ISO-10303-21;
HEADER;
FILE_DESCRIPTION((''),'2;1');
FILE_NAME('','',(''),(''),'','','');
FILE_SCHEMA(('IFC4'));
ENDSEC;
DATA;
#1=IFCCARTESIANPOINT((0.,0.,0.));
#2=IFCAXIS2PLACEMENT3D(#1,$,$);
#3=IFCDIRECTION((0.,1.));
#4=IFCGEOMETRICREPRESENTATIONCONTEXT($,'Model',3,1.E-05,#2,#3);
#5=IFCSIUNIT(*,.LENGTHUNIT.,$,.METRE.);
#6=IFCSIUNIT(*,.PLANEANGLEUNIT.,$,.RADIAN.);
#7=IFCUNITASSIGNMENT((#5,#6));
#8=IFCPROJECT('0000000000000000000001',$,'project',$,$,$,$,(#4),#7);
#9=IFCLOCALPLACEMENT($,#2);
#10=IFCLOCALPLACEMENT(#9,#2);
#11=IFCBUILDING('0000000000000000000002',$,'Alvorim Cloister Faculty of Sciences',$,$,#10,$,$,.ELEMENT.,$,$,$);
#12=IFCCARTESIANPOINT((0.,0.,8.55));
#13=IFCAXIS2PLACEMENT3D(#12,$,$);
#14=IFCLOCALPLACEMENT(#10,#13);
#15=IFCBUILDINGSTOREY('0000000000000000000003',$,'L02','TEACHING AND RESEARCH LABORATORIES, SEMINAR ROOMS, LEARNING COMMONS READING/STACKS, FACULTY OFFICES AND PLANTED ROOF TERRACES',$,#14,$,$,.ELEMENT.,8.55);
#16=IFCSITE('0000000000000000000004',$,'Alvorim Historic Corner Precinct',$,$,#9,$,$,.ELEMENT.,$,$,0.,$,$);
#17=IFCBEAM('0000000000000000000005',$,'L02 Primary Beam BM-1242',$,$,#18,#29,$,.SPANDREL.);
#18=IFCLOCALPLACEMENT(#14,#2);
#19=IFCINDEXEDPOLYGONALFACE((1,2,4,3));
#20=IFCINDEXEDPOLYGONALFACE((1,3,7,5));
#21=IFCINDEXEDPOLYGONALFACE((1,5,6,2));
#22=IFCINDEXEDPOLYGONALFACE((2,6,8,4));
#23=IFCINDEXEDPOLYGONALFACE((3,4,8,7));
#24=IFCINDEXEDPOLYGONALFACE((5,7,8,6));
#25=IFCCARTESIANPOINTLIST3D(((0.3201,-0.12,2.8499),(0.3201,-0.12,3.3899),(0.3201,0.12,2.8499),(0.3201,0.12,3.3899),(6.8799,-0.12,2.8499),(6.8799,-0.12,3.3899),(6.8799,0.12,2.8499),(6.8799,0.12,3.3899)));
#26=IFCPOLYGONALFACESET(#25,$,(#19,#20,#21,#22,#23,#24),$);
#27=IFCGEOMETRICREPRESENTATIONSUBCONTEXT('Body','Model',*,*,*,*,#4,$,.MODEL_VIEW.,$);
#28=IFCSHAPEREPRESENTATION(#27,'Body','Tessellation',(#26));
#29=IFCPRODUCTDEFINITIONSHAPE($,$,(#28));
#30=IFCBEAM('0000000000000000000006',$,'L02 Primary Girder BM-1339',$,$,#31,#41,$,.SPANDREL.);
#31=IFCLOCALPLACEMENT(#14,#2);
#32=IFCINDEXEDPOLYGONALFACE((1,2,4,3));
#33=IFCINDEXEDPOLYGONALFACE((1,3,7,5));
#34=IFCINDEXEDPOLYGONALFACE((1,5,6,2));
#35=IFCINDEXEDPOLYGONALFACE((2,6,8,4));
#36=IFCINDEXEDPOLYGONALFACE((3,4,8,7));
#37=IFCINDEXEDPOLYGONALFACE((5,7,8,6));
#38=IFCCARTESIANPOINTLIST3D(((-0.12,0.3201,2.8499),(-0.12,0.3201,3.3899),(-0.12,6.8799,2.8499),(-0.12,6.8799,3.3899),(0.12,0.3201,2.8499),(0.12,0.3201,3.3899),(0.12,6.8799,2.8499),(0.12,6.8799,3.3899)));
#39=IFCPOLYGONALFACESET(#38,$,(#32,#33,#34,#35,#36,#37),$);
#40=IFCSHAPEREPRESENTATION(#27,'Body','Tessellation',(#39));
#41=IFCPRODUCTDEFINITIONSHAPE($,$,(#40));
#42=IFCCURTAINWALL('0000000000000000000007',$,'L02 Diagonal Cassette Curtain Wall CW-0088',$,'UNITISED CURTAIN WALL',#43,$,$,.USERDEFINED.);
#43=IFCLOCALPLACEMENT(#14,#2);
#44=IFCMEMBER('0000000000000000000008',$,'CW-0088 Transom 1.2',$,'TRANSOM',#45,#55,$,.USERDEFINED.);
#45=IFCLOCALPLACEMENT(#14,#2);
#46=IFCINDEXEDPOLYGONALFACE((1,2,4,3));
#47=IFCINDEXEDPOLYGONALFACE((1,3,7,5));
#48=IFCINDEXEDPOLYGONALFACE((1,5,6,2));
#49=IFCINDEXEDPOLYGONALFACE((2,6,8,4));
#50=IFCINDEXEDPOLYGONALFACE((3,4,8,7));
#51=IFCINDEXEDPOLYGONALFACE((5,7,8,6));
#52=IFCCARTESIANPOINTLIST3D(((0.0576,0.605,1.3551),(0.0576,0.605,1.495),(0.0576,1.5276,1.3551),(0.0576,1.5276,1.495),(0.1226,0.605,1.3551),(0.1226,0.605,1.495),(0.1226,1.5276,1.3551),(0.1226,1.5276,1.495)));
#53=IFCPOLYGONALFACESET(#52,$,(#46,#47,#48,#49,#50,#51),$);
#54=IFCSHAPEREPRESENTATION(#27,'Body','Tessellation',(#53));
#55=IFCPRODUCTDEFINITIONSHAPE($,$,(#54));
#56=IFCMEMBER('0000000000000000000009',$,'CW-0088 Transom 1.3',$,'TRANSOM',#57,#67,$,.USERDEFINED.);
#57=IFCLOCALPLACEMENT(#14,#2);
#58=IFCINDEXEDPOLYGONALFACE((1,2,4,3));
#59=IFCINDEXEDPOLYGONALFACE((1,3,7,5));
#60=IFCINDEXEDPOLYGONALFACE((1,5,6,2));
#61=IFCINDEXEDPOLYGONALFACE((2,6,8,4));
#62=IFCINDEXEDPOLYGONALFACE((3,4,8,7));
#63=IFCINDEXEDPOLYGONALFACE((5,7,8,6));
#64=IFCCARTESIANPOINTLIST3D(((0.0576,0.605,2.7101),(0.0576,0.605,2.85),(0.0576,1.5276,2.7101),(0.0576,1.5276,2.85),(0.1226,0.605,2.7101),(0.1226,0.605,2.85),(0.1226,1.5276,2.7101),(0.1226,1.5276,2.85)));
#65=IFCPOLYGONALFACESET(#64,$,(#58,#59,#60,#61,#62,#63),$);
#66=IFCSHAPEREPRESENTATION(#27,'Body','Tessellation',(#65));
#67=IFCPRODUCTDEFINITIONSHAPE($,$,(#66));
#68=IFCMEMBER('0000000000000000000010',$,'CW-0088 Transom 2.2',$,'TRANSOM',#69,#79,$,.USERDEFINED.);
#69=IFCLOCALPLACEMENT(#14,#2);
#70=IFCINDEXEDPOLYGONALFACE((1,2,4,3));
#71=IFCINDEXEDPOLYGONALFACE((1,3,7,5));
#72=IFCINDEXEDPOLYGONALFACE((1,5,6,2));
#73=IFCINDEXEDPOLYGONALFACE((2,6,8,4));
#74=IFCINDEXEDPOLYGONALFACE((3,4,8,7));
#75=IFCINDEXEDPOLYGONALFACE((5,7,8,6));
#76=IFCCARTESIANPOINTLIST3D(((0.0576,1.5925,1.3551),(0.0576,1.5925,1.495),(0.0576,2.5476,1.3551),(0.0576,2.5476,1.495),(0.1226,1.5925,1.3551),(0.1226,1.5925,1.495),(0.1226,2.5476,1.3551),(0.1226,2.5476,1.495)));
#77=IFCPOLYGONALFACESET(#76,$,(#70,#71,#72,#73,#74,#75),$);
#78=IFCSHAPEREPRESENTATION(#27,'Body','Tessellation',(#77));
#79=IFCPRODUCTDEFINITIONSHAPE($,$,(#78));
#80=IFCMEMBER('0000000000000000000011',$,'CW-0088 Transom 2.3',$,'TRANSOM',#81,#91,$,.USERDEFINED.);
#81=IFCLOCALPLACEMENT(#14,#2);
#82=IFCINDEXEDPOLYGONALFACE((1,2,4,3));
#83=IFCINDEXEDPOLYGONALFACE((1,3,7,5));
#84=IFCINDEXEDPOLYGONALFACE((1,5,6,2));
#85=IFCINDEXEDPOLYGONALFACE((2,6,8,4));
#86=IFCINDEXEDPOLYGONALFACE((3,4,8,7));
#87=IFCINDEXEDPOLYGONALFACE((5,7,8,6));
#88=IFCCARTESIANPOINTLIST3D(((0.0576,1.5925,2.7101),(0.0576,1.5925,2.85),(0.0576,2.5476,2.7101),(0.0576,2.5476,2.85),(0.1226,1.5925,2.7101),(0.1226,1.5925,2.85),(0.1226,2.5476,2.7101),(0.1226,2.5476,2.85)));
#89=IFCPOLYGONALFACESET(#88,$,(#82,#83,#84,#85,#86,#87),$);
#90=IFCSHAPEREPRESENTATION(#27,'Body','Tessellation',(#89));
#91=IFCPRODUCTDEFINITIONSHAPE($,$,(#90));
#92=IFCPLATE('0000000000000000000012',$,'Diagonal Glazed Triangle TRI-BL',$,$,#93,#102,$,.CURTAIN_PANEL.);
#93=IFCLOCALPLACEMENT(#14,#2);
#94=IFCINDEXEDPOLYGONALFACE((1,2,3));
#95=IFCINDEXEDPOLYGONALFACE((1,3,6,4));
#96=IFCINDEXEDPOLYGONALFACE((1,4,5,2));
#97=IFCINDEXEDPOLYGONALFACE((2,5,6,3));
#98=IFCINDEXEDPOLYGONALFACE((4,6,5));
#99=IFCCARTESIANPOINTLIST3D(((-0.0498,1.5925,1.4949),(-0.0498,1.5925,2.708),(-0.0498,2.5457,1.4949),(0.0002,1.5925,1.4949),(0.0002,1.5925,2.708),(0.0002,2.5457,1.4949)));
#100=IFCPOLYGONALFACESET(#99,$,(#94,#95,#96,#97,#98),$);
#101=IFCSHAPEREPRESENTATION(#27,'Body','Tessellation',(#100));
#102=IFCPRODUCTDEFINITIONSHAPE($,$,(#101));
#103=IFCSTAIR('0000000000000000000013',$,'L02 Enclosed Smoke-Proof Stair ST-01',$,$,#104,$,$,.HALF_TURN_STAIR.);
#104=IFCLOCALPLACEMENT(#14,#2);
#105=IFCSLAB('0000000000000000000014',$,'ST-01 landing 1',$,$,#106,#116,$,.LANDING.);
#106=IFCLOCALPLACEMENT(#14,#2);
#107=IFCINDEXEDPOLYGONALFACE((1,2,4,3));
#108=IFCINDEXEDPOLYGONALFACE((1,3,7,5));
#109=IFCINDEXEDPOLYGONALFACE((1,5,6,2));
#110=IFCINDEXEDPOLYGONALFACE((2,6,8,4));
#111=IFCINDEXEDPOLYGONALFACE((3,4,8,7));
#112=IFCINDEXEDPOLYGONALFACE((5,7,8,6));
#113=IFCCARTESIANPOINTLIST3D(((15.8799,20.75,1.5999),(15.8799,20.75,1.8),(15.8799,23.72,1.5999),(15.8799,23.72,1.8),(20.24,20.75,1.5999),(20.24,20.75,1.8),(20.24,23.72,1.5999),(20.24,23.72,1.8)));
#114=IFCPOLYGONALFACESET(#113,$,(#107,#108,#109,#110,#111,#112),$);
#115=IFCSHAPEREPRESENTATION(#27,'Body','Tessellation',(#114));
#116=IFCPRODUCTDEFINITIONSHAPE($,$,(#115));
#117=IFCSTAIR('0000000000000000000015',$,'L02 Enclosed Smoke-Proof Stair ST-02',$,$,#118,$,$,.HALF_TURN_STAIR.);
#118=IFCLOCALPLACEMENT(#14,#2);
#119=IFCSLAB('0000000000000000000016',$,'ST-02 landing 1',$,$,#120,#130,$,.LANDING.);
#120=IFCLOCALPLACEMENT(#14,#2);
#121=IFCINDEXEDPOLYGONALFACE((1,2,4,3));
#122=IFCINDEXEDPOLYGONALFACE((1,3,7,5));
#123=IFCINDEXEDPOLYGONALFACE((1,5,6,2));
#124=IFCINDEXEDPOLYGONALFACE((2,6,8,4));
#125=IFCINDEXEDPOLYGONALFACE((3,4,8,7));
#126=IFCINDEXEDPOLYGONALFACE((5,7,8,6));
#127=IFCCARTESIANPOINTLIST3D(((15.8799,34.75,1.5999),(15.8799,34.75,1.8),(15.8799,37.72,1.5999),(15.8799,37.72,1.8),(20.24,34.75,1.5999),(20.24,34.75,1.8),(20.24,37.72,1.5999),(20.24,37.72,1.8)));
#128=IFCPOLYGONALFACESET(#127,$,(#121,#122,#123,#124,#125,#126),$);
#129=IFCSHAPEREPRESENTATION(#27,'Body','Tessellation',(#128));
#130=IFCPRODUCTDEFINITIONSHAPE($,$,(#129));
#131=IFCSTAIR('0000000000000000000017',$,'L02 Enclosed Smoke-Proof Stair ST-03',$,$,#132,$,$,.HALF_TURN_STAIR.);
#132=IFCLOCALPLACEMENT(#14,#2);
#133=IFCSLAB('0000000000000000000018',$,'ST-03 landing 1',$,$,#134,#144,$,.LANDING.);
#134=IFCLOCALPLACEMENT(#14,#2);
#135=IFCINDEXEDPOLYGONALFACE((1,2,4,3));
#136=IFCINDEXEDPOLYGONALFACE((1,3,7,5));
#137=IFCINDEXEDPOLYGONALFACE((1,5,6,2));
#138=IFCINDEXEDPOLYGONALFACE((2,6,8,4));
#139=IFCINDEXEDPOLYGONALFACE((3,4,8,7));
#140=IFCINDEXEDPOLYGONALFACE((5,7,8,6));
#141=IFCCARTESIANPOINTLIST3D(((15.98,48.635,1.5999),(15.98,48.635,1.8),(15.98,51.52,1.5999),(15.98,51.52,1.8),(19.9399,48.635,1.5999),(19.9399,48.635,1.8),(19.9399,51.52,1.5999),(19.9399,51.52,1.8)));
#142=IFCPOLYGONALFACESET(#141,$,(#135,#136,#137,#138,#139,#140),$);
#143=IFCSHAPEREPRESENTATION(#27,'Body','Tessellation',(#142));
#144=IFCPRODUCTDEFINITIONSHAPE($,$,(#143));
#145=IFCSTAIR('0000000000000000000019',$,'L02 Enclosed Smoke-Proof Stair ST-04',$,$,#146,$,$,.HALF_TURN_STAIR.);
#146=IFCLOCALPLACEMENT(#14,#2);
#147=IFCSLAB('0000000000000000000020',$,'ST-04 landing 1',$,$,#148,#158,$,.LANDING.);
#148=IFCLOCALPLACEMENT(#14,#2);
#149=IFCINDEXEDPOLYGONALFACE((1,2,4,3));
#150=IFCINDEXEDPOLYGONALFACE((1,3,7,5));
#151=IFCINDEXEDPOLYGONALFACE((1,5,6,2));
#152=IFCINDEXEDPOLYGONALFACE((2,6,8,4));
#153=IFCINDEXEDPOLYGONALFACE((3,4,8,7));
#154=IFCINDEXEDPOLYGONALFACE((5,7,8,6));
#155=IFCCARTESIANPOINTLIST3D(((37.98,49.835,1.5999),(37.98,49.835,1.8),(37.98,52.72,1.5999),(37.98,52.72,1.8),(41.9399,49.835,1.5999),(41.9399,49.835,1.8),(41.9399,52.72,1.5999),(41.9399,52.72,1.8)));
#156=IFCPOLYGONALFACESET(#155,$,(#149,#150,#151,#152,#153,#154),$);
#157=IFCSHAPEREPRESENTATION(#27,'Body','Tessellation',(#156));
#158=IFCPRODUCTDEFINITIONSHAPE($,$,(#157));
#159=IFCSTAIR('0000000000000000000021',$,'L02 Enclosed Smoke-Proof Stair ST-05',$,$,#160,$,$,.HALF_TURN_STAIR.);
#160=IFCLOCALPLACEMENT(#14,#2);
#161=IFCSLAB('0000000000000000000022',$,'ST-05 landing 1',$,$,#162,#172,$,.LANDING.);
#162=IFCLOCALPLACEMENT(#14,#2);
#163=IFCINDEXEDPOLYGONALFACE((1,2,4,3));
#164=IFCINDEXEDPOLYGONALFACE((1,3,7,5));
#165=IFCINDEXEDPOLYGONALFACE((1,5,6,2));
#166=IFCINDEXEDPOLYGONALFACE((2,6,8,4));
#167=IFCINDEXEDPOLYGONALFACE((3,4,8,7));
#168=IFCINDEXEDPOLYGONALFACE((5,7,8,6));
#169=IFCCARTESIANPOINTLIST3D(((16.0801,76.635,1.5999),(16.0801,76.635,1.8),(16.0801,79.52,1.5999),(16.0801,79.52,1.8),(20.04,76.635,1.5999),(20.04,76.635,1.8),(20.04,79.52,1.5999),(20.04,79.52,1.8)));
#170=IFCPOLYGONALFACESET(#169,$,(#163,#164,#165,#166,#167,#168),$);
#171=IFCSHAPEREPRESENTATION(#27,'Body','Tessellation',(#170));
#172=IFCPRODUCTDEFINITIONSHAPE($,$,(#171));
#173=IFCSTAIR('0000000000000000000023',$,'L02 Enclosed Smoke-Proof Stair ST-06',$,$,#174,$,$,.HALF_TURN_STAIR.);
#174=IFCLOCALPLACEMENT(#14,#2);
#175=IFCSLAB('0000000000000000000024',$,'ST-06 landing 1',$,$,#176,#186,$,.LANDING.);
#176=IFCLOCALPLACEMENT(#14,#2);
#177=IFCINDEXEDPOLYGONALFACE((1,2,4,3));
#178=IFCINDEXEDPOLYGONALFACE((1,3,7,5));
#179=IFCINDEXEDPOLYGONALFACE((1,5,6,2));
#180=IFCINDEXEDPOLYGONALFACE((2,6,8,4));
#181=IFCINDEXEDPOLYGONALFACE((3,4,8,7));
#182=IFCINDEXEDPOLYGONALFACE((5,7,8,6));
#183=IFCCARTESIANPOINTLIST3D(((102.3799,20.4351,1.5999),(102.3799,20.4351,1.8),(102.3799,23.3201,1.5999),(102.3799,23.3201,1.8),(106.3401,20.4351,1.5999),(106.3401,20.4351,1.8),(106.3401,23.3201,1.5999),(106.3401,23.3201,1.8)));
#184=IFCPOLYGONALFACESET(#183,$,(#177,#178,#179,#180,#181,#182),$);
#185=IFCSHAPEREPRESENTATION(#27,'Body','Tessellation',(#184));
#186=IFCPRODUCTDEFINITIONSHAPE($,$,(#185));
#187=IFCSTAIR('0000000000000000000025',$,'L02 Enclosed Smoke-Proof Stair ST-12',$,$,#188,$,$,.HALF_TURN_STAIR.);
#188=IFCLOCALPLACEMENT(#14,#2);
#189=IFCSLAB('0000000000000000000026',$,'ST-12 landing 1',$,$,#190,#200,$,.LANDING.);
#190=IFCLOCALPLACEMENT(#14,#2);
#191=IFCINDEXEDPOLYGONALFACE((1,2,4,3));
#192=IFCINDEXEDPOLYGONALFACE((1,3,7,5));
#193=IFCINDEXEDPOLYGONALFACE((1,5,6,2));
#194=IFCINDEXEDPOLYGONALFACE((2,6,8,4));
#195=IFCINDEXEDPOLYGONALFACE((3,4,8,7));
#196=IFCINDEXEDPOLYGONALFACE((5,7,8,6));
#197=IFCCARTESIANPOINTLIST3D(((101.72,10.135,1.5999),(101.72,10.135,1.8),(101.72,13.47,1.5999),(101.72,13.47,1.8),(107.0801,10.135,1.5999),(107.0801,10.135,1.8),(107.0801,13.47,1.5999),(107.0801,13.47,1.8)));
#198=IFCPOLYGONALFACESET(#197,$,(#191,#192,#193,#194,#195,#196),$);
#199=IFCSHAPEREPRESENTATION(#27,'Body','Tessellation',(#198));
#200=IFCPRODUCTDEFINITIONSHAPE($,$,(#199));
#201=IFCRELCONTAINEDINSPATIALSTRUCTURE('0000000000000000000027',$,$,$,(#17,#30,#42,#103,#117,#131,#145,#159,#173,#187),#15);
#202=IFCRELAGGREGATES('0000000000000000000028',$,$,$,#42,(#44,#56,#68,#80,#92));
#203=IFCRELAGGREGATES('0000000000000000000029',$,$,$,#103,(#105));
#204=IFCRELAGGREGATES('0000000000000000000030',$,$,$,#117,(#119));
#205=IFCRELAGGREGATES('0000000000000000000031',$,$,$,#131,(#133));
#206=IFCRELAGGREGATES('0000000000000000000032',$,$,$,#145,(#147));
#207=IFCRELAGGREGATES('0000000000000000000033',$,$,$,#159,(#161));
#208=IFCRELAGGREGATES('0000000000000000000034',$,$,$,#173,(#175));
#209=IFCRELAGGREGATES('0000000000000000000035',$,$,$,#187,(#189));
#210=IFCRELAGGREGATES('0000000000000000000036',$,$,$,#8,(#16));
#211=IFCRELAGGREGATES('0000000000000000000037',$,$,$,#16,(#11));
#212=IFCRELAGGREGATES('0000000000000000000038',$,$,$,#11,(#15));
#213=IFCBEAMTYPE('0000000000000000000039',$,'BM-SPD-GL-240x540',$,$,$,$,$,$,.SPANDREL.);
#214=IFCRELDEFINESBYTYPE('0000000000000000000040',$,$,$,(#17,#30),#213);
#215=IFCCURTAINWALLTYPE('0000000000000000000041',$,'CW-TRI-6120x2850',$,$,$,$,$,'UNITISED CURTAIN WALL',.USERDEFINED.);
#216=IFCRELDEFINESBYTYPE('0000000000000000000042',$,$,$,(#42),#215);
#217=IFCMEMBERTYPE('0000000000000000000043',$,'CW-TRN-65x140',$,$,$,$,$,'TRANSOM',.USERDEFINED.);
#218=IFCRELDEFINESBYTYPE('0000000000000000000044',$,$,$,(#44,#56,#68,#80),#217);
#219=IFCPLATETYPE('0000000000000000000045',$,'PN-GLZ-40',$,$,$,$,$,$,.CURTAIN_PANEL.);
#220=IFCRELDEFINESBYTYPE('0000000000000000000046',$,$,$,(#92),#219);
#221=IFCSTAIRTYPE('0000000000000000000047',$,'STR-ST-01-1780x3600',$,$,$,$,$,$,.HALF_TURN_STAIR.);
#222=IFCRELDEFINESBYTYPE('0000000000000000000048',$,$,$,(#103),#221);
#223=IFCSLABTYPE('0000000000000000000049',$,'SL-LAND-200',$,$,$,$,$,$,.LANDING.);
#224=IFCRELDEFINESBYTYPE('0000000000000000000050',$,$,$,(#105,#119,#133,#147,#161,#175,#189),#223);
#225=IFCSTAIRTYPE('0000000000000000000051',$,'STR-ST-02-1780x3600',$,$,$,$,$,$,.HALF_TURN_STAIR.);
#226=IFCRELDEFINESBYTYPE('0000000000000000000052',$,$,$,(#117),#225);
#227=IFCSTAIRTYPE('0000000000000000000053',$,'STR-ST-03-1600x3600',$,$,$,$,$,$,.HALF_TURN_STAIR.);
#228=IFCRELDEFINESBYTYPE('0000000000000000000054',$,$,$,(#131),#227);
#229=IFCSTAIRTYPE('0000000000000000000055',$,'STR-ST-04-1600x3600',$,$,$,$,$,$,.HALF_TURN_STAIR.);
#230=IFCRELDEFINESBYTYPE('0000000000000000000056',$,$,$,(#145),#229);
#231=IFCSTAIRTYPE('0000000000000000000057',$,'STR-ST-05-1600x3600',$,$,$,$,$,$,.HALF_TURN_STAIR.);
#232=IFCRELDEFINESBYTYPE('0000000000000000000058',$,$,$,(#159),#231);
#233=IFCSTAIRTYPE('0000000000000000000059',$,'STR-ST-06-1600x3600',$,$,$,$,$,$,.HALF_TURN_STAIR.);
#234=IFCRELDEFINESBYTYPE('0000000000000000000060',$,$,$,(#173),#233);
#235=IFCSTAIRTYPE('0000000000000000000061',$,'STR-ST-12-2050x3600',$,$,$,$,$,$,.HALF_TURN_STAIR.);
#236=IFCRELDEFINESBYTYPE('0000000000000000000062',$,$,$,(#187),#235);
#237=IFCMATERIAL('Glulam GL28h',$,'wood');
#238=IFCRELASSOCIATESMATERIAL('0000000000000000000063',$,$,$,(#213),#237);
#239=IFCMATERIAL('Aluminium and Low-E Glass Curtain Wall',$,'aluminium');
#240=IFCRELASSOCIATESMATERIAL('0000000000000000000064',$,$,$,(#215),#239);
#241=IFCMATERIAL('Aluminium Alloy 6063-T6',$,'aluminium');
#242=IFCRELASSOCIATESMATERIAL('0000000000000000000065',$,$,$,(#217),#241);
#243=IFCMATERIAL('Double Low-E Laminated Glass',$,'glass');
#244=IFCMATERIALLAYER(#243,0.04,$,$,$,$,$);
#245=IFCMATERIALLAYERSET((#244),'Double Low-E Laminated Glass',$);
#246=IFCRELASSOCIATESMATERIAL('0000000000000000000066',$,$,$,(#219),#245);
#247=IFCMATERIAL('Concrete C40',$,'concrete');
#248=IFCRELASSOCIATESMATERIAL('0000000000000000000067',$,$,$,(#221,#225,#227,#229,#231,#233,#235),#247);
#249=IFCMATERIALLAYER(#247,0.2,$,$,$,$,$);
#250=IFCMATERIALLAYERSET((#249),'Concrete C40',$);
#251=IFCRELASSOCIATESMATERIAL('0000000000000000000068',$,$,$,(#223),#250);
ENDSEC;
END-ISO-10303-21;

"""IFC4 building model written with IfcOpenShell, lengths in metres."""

from ifc_helpers import new_model, si_unit, direction, frame, origin, origin_2d, place, context, subcontext, project, spatial, polyline, rectangle, outline, extrude, material, layer, layer_set, material_profile, profile_set, type_object, element, aggregate, save


model = new_model("IFC4")

# Units and contexts
model_context = context("Model", 3, precision=1e-05, world=origin(), true_north=direction((0.0, 1.0)))
body_context = subcontext(model_context, "Body", "Model", "MODEL_VIEW")
ifc_project = project(units=[si_unit("LENGTHUNIT", "METRE"), si_unit("PLANEANGLEUNIT", "RADIAN")], contexts=[model_context])

# Site, building, storey
site_placement = place(None, origin())
site = spatial("IfcSite", under=ifc_project, at=site_placement, Name="Alvorim Historic Corner Precinct", CompositionType="ELEMENT", RefElevation=0.0)
building_placement = place(site_placement, origin())
building = spatial("IfcBuilding", under=site, at=building_placement, Name="Alvorim Cloister Faculty of Sciences", CompositionType="ELEMENT")
storey_placement = place(building_placement, frame((0.0, 0.0, 8.55)))
storey = spatial("IfcBuildingStorey", under=building, at=storey_placement, Name="L02", Description="TEACHING AND RESEARCH LABORATORIES, SEMINAR ROOMS, LEARNING COMMONS READING/STACKS, FACULTY OFFICES AND PLANTED ROOF TERRACES", CompositionType="ELEMENT", Elevation=8.55)

# Beams
ifc_material_1 = material(Name="Glulam GL28h", Category="wood")
ifc_material_profile_1 = material_profile(ifc_material_1, rectangle(XDim=0.24, YDim=0.54, at=origin_2d()), Name="GL28-SPD-240x540")
ifc_profile_set_1 = profile_set([ifc_material_profile_1], Name="Glulam GL28h")
beam_type = type_object("IfcBeamType", Name="BM-SPD-GL-240x540", PredefinedType="SPANDREL", material=ifc_profile_set_1)
for number, where, z_axis, x_axis, name in (
    (1, (0.3201, 0.0, 3.1199), (1.0, 0.0, 0.0), (0.0, 1.0, 0.0), "L02 Primary Beam BM-1242"),
    (2, (0.0, 0.3201, 3.1199), (0.0, 1.0, 0.0), (-1.0, 0.0, 0.0), "L02 Primary Girder BM-1339"),
):
    element("IfcBeam", number, at=place(storey_placement, frame(where, z_axis=z_axis, x_axis=x_axis)), inside=storey, type_object=beam_type, Name=name, PredefinedType="SPANDREL", context=body_context, shape_type="SweptSolid", body=[
        extrude(rectangle(XDim=0.24, YDim=0.54, at=origin_2d()), origin(), (0.0, 0.0, 1.0), 6.5598),
    ])

# Curtain wall, members, plate
ifc_material_2 = material(Name="Aluminium and Low-E Glass Curtain Wall", Category="aluminium")
curtain_wall_type = type_object("IfcCurtainWallType", Name="CW-TRI-6120x2850", ElementType="UNITISED CURTAIN WALL", PredefinedType="USERDEFINED", material=ifc_material_2)
curtain_wall_placement = place(storey_placement, origin())
curtain_wall = element("IfcCurtainWall", 3, at=curtain_wall_placement, inside=storey, type_object=curtain_wall_type, Name="L02 Diagonal Cassette Curtain Wall CW-0088", ObjectType="UNITISED CURTAIN WALL", PredefinedType="USERDEFINED")
ifc_material_3 = material(Name="Aluminium Alloy 6063-T6", Category="aluminium")
ifc_material_profile_2 = material_profile(ifc_material_3, rectangle(XDim=0.0649, YDim=0.1399, at=origin_2d()), Name="ALU-TRN-65x140")
ifc_profile_set_2 = profile_set([ifc_material_profile_2], Name="Aluminium Alloy 6063-T6")
member_type = type_object("IfcMemberType", Name="CW-TRN-65x140", ElementType="TRANSOM", PredefinedType="USERDEFINED", material=ifc_profile_set_2)
member_1_placement = place(storey_placement, frame((0.0901, 0.605, 1.425), z_axis=(0.0, 1.0, 0.0), x_axis=(-1.0, 0.0, 0.0)))
member_1 = element("IfcMember", 4, at=member_1_placement, type_object=member_type, Name="CW-0088 Transom 1.2", ObjectType="TRANSOM", PredefinedType="USERDEFINED", context=body_context, shape_type="SweptSolid", body=[
    extrude(rectangle(XDim=0.0649, YDim=0.1399, at=origin_2d()), origin(), (0.0, 0.0, 1.0), 0.9226),
])
member_2_placement = place(storey_placement, frame((0.0901, 0.605, 2.78), z_axis=(0.0, 1.0, 0.0), x_axis=(-1.0, 0.0, 0.0)))
member_2 = element("IfcMember", 5, at=member_2_placement, type_object=member_type, Name="CW-0088 Transom 1.3", ObjectType="TRANSOM", PredefinedType="USERDEFINED", context=body_context, shape_type="SweptSolid", body=[
    extrude(rectangle(XDim=0.0649, YDim=0.1399, at=origin_2d()), origin(), (0.0, 0.0, 1.0), 0.9226),
])
member_3_placement = place(storey_placement, frame((0.0901, 1.5925, 1.425), z_axis=(0.0, 1.0, 0.0), x_axis=(-1.0, 0.0, 0.0)))
member_3 = element("IfcMember", 6, at=member_3_placement, type_object=member_type, Name="CW-0088 Transom 2.2", ObjectType="TRANSOM", PredefinedType="USERDEFINED", context=body_context, shape_type="SweptSolid", body=[
    extrude(rectangle(XDim=0.0649, YDim=0.1399, at=origin_2d()), origin(), (0.0, 0.0, 1.0), 0.9551),
])
member_4_placement = place(storey_placement, frame((0.0901, 1.5925, 2.78), z_axis=(0.0, 1.0, 0.0), x_axis=(-1.0, 0.0, 0.0)))
member_4 = element("IfcMember", 7, at=member_4_placement, type_object=member_type, Name="CW-0088 Transom 2.3", ObjectType="TRANSOM", PredefinedType="USERDEFINED", context=body_context, shape_type="SweptSolid", body=[
    extrude(rectangle(XDim=0.0649, YDim=0.1399, at=origin_2d()), origin(), (0.0, 0.0, 1.0), 0.9551),
])
ifc_material_4 = material(Name="Double Low-E Laminated Glass", Category="glass")
ifc_layer_1 = layer(ifc_material_4, 0.04)
ifc_layer_set_1 = layer_set([ifc_layer_1], Name="Double Low-E Laminated Glass")
plate_type = type_object("IfcPlateType", Name="PN-GLZ-40", PredefinedType="CURTAIN_PANEL", material=ifc_layer_set_1)
plate_1_placement = place(storey_placement, frame((-0.0249, 1.5925, 1.4949), z_axis=(0.0, 0.0, 1.0), x_axis=(0.0, 1.0, 0.0)))
plate_1 = element("IfcPlate", 8, at=plate_1_placement, type_object=plate_type, Name="Diagonal Glazed Triangle TRI-BL", PredefinedType="CURTAIN_PANEL", context=body_context, shape_type="SweptSolid", body=[
    extrude(outline(polyline([(0.0, 0.0), (0.9531, 0.0), (0.0, 1.2131), (0.0, 0.0)])), frame((0.0, 0.0249, 0.0), z_axis=(0.0, -1.0, 0.0), x_axis=(1.0, 0.0, 0.0)), (0.0, 0.0, 1.0), 0.05),
])
aggregate(curtain_wall, [member_1, member_2, member_3, member_4, plate_1])

# Stairs, slabs
ifc_material_5 = material(Name="Concrete C40", Category="concrete")
stair_type_1 = type_object("IfcStairType", Name="STR-ST-01-1780x3600", PredefinedType="HALF_TURN_STAIR", material=ifc_material_5)
stair_1_placement = place(storey_placement, origin())
stair_1 = element("IfcStair", 9, at=stair_1_placement, inside=storey, type_object=stair_type_1, Name="L02 Enclosed Smoke-Proof Stair ST-01", PredefinedType="HALF_TURN_STAIR")
ifc_layer_2 = layer(ifc_material_5, 0.2)
ifc_layer_set_2 = layer_set([ifc_layer_2], Name="Concrete C40")
slab_type = type_object("IfcSlabType", Name="SL-LAND-200", PredefinedType="LANDING", material=ifc_layer_set_2)
slab_1_placement = place(storey_placement, frame((0.0, 0.0, 1.5999)))
slab_1 = element("IfcSlab", 10, at=slab_1_placement, type_object=slab_type, Name="ST-01 landing 1", PredefinedType="LANDING", context=body_context, shape_type="SweptSolid", body=[
    extrude(outline(polyline([(20.24, 20.75), (20.24, 23.72), (15.8799, 23.72), (15.8799, 20.75), (20.24, 20.75)])), origin(), (0.0, 0.0, 1.0), 0.2002),
])
aggregate(stair_1, [slab_1])
stair_type_2 = type_object("IfcStairType", Name="STR-ST-02-1780x3600", PredefinedType="HALF_TURN_STAIR", material=ifc_material_5)
stair_2_placement = place(storey_placement, origin())
stair_2 = element("IfcStair", 11, at=stair_2_placement, inside=storey, type_object=stair_type_2, Name="L02 Enclosed Smoke-Proof Stair ST-02", PredefinedType="HALF_TURN_STAIR")
slab_2_placement = place(storey_placement, frame((0.0, 0.0, 1.5999)))
slab_2 = element("IfcSlab", 12, at=slab_2_placement, type_object=slab_type, Name="ST-02 landing 1", PredefinedType="LANDING", context=body_context, shape_type="SweptSolid", body=[
    extrude(outline(polyline([(20.24, 34.75), (20.24, 37.72), (15.8799, 37.72), (15.8799, 34.75), (20.24, 34.75)])), origin(), (0.0, 0.0, 1.0), 0.2002),
])
aggregate(stair_2, [slab_2])
stair_type_3 = type_object("IfcStairType", Name="STR-ST-03-1600x3600", PredefinedType="HALF_TURN_STAIR", material=ifc_material_5)
stair_3_placement = place(storey_placement, origin())
stair_3 = element("IfcStair", 13, at=stair_3_placement, inside=storey, type_object=stair_type_3, Name="L02 Enclosed Smoke-Proof Stair ST-03", PredefinedType="HALF_TURN_STAIR")
slab_3_placement = place(storey_placement, frame((0.0, 0.0, 1.5999)))
slab_3 = element("IfcSlab", 14, at=slab_3_placement, type_object=slab_type, Name="ST-03 landing 1", PredefinedType="LANDING", context=body_context, shape_type="SweptSolid", body=[
    extrude(outline(polyline([(19.9399, 48.635), (19.9399, 51.52), (15.98, 51.52), (15.98, 48.635), (19.9399, 48.635)])), origin(), (0.0, 0.0, 1.0), 0.2002),
])
aggregate(stair_3, [slab_3])
stair_type_4 = type_object("IfcStairType", Name="STR-ST-04-1600x3600", PredefinedType="HALF_TURN_STAIR", material=ifc_material_5)
stair_4_placement = place(storey_placement, origin())
stair_4 = element("IfcStair", 15, at=stair_4_placement, inside=storey, type_object=stair_type_4, Name="L02 Enclosed Smoke-Proof Stair ST-04", PredefinedType="HALF_TURN_STAIR")
slab_4_placement = place(storey_placement, frame((0.0, 0.0, 1.5999)))
slab_4 = element("IfcSlab", 16, at=slab_4_placement, type_object=slab_type, Name="ST-04 landing 1", PredefinedType="LANDING", context=body_context, shape_type="SweptSolid", body=[
    extrude(outline(polyline([(41.9399, 49.835), (41.9399, 52.72), (37.98, 52.72), (37.98, 49.835), (41.9399, 49.835)])), origin(), (0.0, 0.0, 1.0), 0.2002),
])
aggregate(stair_4, [slab_4])
stair_type_5 = type_object("IfcStairType", Name="STR-ST-05-1600x3600", PredefinedType="HALF_TURN_STAIR", material=ifc_material_5)
stair_5_placement = place(storey_placement, origin())
stair_5 = element("IfcStair", 17, at=stair_5_placement, inside=storey, type_object=stair_type_5, Name="L02 Enclosed Smoke-Proof Stair ST-05", PredefinedType="HALF_TURN_STAIR")
slab_5_placement = place(storey_placement, frame((0.0, 0.0, 1.5999)))
slab_5 = element("IfcSlab", 18, at=slab_5_placement, type_object=slab_type, Name="ST-05 landing 1", PredefinedType="LANDING", context=body_context, shape_type="SweptSolid", body=[
    extrude(outline(polyline([(20.04, 76.635), (20.04, 79.52), (16.0801, 79.52), (16.0801, 76.635), (20.04, 76.635)])), origin(), (0.0, 0.0, 1.0), 0.2002),
])
aggregate(stair_5, [slab_5])
stair_type_6 = type_object("IfcStairType", Name="STR-ST-06-1600x3600", PredefinedType="HALF_TURN_STAIR", material=ifc_material_5)
stair_6_placement = place(storey_placement, origin())
stair_6 = element("IfcStair", 19, at=stair_6_placement, inside=storey, type_object=stair_type_6, Name="L02 Enclosed Smoke-Proof Stair ST-06", PredefinedType="HALF_TURN_STAIR")
slab_6_placement = place(storey_placement, frame((0.0, 0.0, 1.5999)))
slab_6 = element("IfcSlab", 20, at=slab_6_placement, type_object=slab_type, Name="ST-06 landing 1", PredefinedType="LANDING", context=body_context, shape_type="SweptSolid", body=[
    extrude(outline(polyline([(106.3401, 20.4351), (106.3401, 23.3201), (102.3799, 23.3201), (102.3799, 20.4351), (106.3401, 20.4351)])), origin(), (0.0, 0.0, 1.0), 0.2002),
])
aggregate(stair_6, [slab_6])
stair_type_7 = type_object("IfcStairType", Name="STR-ST-12-2050x3600", PredefinedType="HALF_TURN_STAIR", material=ifc_material_5)
stair_7_placement = place(storey_placement, origin())
stair_7 = element("IfcStair", 21, at=stair_7_placement, inside=storey, type_object=stair_type_7, Name="L02 Enclosed Smoke-Proof Stair ST-12", PredefinedType="HALF_TURN_STAIR")
slab_7_placement = place(storey_placement, frame((0.0, 0.0, 1.5999)))
slab_7 = element("IfcSlab", 22, at=slab_7_placement, type_object=slab_type, Name="ST-12 landing 1", PredefinedType="LANDING", context=body_context, shape_type="SweptSolid", body=[
    extrude(outline(polyline([(107.0801, 10.135), (107.0801, 13.47), (101.72, 13.47), (101.72, 10.135), (107.0801, 10.135)])), origin(), (0.0, 0.0, 1.0), 0.2002),
])
aggregate(stair_7, [slab_7])

save(model, "model.ifc")
